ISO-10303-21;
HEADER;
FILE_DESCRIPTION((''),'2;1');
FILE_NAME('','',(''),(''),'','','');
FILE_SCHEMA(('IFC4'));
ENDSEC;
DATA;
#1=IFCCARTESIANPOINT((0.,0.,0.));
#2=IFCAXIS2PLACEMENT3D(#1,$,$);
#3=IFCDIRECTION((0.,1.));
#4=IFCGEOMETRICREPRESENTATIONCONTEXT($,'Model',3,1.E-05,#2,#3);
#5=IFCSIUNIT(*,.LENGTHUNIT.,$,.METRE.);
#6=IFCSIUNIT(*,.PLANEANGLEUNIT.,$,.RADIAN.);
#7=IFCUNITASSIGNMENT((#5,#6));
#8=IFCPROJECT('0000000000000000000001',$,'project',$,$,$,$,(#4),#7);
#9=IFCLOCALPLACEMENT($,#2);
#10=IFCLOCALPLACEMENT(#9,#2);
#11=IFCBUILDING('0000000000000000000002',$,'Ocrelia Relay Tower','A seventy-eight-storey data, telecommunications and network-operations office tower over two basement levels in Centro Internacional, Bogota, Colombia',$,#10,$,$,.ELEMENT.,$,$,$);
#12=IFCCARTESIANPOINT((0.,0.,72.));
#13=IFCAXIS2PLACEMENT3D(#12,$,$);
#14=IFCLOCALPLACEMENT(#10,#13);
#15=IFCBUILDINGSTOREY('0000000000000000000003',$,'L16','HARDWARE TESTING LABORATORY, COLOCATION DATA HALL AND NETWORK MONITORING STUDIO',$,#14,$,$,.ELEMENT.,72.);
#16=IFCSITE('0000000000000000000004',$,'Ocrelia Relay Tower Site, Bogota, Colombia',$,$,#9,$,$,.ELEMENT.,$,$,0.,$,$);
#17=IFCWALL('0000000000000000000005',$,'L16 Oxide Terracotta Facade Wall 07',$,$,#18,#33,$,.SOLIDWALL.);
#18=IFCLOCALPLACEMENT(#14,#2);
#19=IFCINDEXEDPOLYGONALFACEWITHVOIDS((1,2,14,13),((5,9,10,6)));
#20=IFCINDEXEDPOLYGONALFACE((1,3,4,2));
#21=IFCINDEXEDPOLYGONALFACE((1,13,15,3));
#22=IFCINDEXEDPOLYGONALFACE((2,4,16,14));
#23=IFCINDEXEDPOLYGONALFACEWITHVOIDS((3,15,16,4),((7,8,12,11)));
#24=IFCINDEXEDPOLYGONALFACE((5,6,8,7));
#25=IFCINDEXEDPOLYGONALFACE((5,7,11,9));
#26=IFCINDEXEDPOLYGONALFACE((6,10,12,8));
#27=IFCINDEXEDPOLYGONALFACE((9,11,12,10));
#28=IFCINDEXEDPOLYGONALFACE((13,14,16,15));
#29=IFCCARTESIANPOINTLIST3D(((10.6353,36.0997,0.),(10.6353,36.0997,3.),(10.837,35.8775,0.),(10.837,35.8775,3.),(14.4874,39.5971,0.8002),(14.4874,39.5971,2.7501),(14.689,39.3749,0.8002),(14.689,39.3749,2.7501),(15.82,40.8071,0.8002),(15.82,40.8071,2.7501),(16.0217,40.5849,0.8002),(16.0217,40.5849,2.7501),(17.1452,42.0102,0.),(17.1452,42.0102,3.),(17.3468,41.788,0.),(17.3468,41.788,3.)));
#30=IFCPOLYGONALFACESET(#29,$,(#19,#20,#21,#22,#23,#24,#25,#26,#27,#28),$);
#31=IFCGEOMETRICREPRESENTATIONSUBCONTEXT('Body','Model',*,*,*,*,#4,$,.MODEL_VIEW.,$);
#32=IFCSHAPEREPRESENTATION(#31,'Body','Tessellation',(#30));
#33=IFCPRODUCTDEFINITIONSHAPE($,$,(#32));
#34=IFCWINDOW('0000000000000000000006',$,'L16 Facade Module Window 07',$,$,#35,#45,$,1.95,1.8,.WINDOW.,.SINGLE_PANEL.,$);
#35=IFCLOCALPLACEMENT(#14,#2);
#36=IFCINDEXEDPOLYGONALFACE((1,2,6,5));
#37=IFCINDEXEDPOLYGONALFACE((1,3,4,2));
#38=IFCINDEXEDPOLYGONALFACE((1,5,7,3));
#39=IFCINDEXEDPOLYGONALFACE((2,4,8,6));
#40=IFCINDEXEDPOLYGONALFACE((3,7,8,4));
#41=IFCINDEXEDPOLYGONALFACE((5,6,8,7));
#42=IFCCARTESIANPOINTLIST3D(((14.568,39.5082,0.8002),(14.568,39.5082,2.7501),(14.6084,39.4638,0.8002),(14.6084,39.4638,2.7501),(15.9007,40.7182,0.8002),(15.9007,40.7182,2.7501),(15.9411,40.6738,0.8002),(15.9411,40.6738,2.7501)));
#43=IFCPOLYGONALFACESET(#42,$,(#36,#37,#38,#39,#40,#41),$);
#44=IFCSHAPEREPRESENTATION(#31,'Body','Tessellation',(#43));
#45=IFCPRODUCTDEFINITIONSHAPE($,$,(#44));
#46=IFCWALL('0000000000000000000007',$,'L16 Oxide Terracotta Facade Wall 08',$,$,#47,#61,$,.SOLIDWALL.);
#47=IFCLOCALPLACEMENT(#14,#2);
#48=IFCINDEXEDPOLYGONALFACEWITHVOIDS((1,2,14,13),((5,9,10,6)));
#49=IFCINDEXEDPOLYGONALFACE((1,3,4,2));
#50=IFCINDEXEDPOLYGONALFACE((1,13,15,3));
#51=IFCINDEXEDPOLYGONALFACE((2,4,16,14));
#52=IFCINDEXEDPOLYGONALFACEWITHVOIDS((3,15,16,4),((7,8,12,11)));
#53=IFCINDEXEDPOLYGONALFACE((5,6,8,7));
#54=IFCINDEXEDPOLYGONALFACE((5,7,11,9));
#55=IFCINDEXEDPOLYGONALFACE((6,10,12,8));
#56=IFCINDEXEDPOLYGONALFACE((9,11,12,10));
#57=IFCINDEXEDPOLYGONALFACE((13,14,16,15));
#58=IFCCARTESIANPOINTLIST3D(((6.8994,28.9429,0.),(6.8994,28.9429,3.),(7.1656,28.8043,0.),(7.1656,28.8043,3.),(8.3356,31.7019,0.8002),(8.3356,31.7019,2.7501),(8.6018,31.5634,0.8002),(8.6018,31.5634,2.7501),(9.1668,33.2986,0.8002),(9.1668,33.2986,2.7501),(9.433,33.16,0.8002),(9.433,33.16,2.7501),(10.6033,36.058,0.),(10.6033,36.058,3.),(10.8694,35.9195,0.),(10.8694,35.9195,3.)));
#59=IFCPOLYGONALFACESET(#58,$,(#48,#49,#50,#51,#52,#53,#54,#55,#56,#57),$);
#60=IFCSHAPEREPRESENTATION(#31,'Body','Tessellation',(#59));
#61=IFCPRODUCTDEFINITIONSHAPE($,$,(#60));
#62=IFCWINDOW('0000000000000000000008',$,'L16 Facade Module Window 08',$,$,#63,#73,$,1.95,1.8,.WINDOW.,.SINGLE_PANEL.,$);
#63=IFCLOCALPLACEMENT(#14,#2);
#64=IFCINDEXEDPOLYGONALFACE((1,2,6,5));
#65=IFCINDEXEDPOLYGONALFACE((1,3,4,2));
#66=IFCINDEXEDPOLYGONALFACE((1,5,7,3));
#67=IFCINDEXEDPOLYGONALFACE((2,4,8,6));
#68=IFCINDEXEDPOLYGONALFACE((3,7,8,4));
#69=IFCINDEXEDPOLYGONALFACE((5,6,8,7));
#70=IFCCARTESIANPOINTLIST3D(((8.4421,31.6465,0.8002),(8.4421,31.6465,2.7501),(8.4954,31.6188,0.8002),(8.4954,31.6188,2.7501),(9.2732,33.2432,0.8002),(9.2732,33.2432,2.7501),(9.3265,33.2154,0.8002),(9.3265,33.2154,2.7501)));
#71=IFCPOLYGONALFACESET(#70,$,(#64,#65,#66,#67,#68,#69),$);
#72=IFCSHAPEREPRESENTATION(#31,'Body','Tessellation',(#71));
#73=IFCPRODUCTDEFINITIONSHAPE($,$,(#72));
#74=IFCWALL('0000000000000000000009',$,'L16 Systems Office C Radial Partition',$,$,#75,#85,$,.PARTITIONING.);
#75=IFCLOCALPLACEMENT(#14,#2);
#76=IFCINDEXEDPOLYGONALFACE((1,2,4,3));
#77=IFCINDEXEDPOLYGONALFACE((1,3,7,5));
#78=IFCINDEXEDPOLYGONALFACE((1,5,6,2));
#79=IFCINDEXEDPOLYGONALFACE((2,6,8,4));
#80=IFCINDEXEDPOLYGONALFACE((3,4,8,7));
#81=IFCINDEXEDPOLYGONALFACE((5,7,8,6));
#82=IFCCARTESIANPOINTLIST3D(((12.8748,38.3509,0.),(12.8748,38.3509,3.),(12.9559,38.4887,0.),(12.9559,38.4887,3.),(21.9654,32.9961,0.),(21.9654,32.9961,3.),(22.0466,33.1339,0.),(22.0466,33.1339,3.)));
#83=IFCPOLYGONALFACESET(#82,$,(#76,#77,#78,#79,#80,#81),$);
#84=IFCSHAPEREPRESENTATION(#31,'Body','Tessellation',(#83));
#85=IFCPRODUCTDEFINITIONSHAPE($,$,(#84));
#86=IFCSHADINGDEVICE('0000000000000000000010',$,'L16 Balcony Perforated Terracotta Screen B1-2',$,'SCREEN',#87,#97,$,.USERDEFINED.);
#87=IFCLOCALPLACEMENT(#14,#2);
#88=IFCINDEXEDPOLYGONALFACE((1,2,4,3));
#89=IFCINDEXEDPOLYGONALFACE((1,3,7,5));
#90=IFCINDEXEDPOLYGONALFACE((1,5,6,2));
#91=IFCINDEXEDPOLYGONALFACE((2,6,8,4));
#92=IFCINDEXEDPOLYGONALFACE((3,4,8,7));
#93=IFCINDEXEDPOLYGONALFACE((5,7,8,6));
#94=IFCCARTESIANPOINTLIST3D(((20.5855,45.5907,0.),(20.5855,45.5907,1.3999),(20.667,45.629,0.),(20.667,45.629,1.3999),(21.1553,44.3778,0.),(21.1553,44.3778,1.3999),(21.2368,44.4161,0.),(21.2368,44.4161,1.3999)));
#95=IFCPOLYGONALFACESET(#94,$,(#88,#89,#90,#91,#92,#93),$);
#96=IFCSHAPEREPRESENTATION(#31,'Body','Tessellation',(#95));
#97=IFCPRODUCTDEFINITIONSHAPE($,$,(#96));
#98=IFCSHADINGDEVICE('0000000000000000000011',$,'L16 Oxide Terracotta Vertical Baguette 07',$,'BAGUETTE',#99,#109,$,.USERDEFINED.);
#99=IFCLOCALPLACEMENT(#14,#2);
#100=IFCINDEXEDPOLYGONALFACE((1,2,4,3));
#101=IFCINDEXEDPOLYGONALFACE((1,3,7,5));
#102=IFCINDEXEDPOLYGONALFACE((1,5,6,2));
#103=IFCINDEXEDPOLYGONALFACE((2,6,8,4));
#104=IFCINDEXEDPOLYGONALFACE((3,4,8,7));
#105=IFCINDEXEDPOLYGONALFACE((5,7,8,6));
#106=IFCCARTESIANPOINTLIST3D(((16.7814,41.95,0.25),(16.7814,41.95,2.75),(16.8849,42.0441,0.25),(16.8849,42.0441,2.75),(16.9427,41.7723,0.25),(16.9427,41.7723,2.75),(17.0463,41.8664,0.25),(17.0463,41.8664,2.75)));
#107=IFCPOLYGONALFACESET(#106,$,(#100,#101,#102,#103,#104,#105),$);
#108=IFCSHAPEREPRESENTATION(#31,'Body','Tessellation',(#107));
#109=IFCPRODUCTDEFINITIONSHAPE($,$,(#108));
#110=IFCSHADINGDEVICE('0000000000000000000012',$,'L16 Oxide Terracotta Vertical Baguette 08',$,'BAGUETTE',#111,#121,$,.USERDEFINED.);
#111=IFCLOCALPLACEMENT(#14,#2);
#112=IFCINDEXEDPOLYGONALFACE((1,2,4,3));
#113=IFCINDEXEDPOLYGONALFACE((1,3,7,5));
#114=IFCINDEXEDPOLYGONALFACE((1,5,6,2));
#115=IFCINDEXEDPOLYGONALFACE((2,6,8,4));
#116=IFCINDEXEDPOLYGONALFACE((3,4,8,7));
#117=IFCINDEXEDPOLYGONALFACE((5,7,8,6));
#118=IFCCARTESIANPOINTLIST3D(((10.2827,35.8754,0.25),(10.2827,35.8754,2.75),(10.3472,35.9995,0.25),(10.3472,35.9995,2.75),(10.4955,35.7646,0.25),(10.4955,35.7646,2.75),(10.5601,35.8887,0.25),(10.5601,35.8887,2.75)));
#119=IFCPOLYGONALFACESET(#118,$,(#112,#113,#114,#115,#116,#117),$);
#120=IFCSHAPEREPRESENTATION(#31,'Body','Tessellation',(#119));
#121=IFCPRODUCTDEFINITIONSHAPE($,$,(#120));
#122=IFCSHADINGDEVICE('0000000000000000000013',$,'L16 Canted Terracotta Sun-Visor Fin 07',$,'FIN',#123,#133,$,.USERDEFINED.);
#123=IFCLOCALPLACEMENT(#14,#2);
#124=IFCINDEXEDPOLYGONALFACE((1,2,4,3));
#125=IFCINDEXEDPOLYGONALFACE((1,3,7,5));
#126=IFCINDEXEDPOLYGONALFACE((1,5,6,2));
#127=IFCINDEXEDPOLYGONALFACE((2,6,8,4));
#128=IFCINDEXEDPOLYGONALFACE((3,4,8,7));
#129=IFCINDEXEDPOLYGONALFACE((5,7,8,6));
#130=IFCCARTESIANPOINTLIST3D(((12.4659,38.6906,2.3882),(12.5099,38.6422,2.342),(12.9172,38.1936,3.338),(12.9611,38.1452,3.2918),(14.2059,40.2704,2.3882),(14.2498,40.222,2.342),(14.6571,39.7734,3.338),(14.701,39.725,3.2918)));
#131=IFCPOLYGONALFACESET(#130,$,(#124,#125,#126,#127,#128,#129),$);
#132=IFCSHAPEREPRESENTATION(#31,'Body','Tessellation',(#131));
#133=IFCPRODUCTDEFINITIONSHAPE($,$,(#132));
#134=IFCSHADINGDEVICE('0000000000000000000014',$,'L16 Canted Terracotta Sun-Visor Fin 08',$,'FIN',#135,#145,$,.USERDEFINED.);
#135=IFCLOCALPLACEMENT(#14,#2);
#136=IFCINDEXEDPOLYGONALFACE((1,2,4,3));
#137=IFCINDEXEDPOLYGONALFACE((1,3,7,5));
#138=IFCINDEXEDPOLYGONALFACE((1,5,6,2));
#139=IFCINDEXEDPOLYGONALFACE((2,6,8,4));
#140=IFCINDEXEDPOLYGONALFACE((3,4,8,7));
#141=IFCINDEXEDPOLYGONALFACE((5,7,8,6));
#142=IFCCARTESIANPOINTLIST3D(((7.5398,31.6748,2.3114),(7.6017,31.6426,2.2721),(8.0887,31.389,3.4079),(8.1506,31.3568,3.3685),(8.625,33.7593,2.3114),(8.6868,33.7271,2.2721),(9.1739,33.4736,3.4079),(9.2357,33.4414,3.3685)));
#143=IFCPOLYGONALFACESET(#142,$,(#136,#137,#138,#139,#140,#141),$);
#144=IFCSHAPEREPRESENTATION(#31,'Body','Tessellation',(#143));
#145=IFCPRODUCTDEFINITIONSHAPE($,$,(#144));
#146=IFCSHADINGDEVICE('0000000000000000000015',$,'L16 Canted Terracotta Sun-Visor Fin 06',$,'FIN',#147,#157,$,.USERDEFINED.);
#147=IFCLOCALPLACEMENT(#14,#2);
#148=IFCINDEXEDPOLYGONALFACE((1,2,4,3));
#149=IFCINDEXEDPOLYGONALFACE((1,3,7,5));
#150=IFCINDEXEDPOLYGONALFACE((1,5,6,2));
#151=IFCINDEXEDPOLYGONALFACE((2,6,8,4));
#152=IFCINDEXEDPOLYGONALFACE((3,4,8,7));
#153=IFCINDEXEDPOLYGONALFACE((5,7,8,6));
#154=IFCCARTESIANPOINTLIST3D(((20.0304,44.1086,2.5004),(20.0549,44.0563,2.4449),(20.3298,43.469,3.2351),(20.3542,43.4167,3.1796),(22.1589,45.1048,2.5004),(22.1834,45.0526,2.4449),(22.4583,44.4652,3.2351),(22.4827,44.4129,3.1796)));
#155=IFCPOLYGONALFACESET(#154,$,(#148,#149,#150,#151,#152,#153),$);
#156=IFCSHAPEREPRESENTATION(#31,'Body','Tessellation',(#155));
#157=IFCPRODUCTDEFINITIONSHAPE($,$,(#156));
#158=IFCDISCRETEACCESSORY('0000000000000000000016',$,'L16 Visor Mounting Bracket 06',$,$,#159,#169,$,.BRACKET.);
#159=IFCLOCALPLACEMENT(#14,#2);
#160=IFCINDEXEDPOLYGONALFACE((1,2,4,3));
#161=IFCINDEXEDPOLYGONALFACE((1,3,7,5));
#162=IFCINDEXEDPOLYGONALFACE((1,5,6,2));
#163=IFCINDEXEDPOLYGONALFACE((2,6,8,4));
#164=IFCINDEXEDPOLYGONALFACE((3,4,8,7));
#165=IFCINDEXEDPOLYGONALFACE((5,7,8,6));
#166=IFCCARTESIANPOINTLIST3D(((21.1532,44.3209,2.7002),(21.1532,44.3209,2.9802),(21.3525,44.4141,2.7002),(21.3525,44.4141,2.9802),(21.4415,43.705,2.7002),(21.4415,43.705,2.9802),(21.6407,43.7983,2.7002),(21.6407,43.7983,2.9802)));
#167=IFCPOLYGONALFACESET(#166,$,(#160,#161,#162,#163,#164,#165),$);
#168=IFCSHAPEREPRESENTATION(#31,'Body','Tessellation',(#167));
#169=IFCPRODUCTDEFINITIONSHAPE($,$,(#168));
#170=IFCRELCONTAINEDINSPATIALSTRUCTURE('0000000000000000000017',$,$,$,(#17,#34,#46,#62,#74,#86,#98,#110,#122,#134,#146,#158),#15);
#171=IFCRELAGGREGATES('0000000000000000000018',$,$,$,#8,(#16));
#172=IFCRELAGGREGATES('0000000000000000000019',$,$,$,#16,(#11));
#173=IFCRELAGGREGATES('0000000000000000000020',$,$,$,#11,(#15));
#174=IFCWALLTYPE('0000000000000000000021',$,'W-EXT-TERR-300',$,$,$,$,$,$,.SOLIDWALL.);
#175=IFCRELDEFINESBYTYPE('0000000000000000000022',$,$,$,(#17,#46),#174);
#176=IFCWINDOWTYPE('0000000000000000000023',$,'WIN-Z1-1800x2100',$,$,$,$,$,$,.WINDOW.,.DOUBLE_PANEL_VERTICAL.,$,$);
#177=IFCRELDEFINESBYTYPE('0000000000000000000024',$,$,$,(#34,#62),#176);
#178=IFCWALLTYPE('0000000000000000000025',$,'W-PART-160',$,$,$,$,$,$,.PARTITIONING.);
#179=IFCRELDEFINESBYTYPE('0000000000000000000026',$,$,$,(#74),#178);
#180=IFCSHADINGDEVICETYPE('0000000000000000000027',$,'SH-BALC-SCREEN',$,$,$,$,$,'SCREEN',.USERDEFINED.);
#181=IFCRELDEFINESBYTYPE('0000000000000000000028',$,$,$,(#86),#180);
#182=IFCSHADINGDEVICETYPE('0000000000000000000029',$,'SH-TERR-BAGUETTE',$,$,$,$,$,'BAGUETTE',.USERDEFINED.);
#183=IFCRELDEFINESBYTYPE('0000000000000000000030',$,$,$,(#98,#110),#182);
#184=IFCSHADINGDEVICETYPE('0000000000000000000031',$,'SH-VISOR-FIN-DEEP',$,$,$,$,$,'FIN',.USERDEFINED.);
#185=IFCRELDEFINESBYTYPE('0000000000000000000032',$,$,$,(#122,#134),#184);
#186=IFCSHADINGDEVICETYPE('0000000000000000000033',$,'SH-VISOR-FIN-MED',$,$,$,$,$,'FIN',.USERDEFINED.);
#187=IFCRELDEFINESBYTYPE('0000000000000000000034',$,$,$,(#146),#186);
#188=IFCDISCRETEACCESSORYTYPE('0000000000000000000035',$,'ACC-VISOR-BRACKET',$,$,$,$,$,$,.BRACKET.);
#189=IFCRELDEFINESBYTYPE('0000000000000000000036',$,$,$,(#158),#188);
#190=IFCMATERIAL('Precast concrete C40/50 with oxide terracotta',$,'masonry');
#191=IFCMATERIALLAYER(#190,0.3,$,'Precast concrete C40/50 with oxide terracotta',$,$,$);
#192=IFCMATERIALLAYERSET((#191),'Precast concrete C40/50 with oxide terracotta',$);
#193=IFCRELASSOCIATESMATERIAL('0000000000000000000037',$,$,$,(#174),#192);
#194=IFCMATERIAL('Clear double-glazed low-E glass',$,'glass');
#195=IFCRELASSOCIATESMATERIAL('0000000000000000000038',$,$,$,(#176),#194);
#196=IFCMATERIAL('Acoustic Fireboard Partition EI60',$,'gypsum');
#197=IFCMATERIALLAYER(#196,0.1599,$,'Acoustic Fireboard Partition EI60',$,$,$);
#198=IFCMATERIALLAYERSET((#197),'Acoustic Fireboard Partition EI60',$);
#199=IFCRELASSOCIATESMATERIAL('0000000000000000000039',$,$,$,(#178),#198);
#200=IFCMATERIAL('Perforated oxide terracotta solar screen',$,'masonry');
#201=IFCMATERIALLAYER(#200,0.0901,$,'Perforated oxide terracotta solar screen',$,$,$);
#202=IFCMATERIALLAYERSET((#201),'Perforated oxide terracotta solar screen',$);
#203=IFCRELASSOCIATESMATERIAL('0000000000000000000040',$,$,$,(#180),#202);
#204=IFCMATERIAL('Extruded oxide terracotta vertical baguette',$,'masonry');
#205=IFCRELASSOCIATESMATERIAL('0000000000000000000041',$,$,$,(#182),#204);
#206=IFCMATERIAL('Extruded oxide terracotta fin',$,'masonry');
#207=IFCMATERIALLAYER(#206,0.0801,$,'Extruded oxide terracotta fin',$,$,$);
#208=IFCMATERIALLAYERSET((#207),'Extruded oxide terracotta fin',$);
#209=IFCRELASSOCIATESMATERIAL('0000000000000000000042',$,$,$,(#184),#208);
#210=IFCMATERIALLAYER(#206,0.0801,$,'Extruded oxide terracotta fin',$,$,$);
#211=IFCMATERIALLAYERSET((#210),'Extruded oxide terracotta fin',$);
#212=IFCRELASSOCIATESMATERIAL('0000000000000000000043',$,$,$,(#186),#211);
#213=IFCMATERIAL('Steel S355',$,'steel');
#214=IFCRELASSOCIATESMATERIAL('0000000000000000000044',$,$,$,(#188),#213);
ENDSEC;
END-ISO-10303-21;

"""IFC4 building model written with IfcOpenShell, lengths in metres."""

from ifc_helpers import new_model, si_unit, direction, frame, frame_2d, origin, origin_2d, place, context, subcontext, project, spatial, rectangle, extrude, material, layer, layer_set, type_object, element, fill, save


model = new_model("IFC4")

# Units and contexts
model_context = context("Model", 3, precision=1e-05, world=origin(), true_north=direction((0.0, 1.0)))
body_context = subcontext(model_context, "Body", "Model", "MODEL_VIEW")
ifc_project = project(units=[si_unit("LENGTHUNIT", "METRE"), si_unit("PLANEANGLEUNIT", "RADIAN")], contexts=[model_context])

# Site, building, storey
site_placement = place(None, origin())
site = spatial("IfcSite", under=ifc_project, at=site_placement, Name="Ocrelia Relay Tower Site, Bogota, Colombia", CompositionType="ELEMENT", RefElevation=0.0)
building_placement = place(site_placement, origin())
building = spatial("IfcBuilding", under=site, at=building_placement, Name="Ocrelia Relay Tower", Description="A seventy-eight-storey data, telecommunications and network-operations office tower over two basement levels in Centro Internacional, Bogota, Colombia", CompositionType="ELEMENT")
storey_placement = place(building_placement, frame((0.0, 0.0, 72.0)))
storey = spatial("IfcBuildingStorey", under=building, at=storey_placement, Name="L16", Description="HARDWARE TESTING LABORATORY, COLOCATION DATA HALL AND NETWORK MONITORING STUDIO", CompositionType="ELEMENT", Elevation=72.0)

# Shared definitions
ifc_material_1 = material(Name="Steel S355", Category="steel")

# Walls, openings, windows
ifc_material_2 = material(Name="Precast concrete C40/50 with oxide terracotta", Category="masonry")
ifc_layer_1 = layer(ifc_material_2, 0.3, Name="Precast concrete C40/50 with oxide terracotta")
ifc_layer_set_1 = layer_set([ifc_layer_1], Name="Precast concrete C40/50 with oxide terracotta")
wall_type_1 = type_object("IfcWallType", Name="W-EXT-TERR-300", PredefinedType="SOLIDWALL", material=ifc_layer_set_1)
wall_1_placement = place(storey_placement, frame((17.2461, 41.8992, 0.0), z_axis=(0.0, 0.0, 1.0), x_axis=(-0.740368, -0.672201, 0.0)))
wall_1 = element("IfcWall", 1, at=wall_1_placement, inside=storey, type_object=wall_type_1, Name="L16 Oxide Terracotta Facade Wall 07", PredefinedType="SOLIDWALL", context=body_context, shape_type="SweptSolid", body=[
    extrude(rectangle(XDim=8.7927, YDim=0.3, at=frame_2d((4.3965, 0.0))), origin(), (0.0, 0.0, 1.0), 3.0),
])
opening_1_placement = place(wall_1_placement, frame((1.79, 0.0, 0.8)))
opening_1 = element("IfcOpeningElement", 2, at=opening_1_placement, cuts=wall_1, PredefinedType="OPENING", context=body_context, shape_type="SweptSolid", body=[
    extrude(rectangle(XDim=1.8, YDim=1.95, at=frame_2d((0.8999, 0.9751))), frame((0.0, 0.1602, 0.0), z_axis=(0.0, -1.0, 0.0), x_axis=(1.0, 0.0, 0.0)), (0.0, 0.0, 1.0), 0.3201),
])
ifc_material_3 = material(Name="Clear double-glazed low-E glass", Category="glass")
window_type = type_object("IfcWindowType", Name="WIN-Z1-1800x2100", PartitioningType="DOUBLE_PANEL_VERTICAL", PredefinedType="WINDOW", material=ifc_material_3)
window_1_placement = place(opening_1_placement, origin())
window_1 = element("IfcWindow", 3, at=window_1_placement, inside=storey, type_object=window_type, Name="L16 Facade Module Window 07", OverallHeight=1.95, OverallWidth=1.8, PartitioningType="SINGLE_PANEL", PredefinedType="WINDOW", context=body_context, shape_type="SweptSolid", body=[
    extrude(rectangle(XDim=1.8, YDim=1.95, at=frame_2d((0.8999, 0.9751))), frame((0.0, 0.03, 0.0), z_axis=(0.0, -1.0, 0.0), x_axis=(1.0, 0.0, 0.0)), (0.0, 0.0, 1.0), 0.0601),
])
fill(opening_1, window_1)
wall_2_placement = place(storey_placement, frame((10.7363, 35.9888, 0.0), z_axis=(0.0, 0.0, 1.0), x_axis=(-0.461739, -0.887016, 0.0)))
wall_2 = element("IfcWall", 4, at=wall_2_placement, inside=storey, type_object=wall_type_1, Name="L16 Oxide Terracotta Facade Wall 08", PredefinedType="SOLIDWALL", context=body_context, shape_type="SweptSolid", body=[
    extrude(rectangle(XDim=8.0215, YDim=0.3, at=frame_2d((4.0107, 0.0))), origin(), (0.0, 0.0, 1.0), 3.0),
])
opening_2_placement = place(wall_2_placement, frame((3.1111, 0.0, 0.8)))
opening_2 = element("IfcOpeningElement", 5, at=opening_2_placement, cuts=wall_2, PredefinedType="OPENING", context=body_context, shape_type="SweptSolid", body=[
    extrude(rectangle(XDim=1.8, YDim=1.95, at=frame_2d((0.8999, 0.9751))), frame((0.0, 0.1602, 0.0), z_axis=(0.0, -1.0, 0.0), x_axis=(1.0, 0.0, 0.0)), (0.0, 0.0, 1.0), 0.3201),
])
window_2_placement = place(opening_2_placement, origin())
window_2 = element("IfcWindow", 6, at=window_2_placement, inside=storey, type_object=window_type, Name="L16 Facade Module Window 08", OverallHeight=1.95, OverallWidth=1.8, PartitioningType="SINGLE_PANEL", PredefinedType="WINDOW", context=body_context, shape_type="SweptSolid", body=[
    extrude(rectangle(XDim=1.8, YDim=1.95, at=frame_2d((0.8999, 0.9751))), frame((0.0, 0.03, 0.0), z_axis=(0.0, -1.0, 0.0), x_axis=(1.0, 0.0, 0.0)), (0.0, 0.0, 1.0), 0.0601),
])
fill(opening_2, window_2)

# Wall
ifc_material_4 = material(Name="Acoustic Fireboard Partition EI60", Category="gypsum")
ifc_layer_2 = layer(ifc_material_4, 0.1599, Name="Acoustic Fireboard Partition EI60")
ifc_layer_set_2 = layer_set([ifc_layer_2], Name="Acoustic Fireboard Partition EI60")
wall_type_2 = type_object("IfcWallType", Name="W-PART-160", PredefinedType="PARTITIONING", material=ifc_layer_set_2)
wall_3_placement = place(storey_placement, frame((22.0061, 33.0649, 0.0), z_axis=(0.0, 0.0, 1.0), x_axis=(-0.86163, 0.507537, 0.0)))
element("IfcWall", 7, at=wall_3_placement, inside=storey, type_object=wall_type_2, Name="L16 Systems Office C Radial Partition", PredefinedType="PARTITIONING", context=body_context, shape_type="SweptSolid", body=[
    extrude(rectangle(XDim=10.5505, YDim=0.1599, at=frame_2d((5.2754, 0.0))), origin(), (0.0, 0.0, 1.0), 3.0),
])

# Shading devices
ifc_material_5 = material(Name="Perforated oxide terracotta solar screen", Category="masonry")
ifc_layer_3 = layer(ifc_material_5, 0.0901, Name="Perforated oxide terracotta solar screen")
ifc_layer_set_3 = layer_set([ifc_layer_3], Name="Perforated oxide terracotta solar screen")
shading_device_type_1 = type_object("IfcShadingDeviceType", Name="SH-BALC-SCREEN", ElementType="SCREEN", PredefinedType="USERDEFINED", material=ifc_layer_set_3)
shading_device_1_placement = place(storey_placement, frame((20.9111, 45.0034, 0.0), z_axis=(0.0, 0.0, 1.0), x_axis=(-0.425206, 0.905097, 0.0)))
element("IfcShadingDevice", 8, at=shading_device_1_placement, inside=storey, type_object=shading_device_type_1, Name="L16 Balcony Perforated Terracotta Screen B1-2", ObjectType="SCREEN", PredefinedType="USERDEFINED", context=body_context, shape_type="SweptSolid", body=[
    extrude(rectangle(XDim=1.3401, YDim=0.0901, at=origin_2d()), origin(), (0.0, 0.0, 1.0), 1.3999),
])
ifc_material_6 = material(Name="Extruded oxide terracotta vertical baguette", Category="masonry")
shading_device_type_2 = type_object("IfcShadingDeviceType", Name="SH-TERR-BAGUETTE", ElementType="BAGUETTE", PredefinedType="USERDEFINED", material=ifc_material_6)
for number, where, z_axis, x_axis, name in (
    (9, (16.9138, 41.9082, 0.25), (0.0, 0.0, 1.0), (-0.740364, -0.672206, 0.0), "L16 Oxide Terracotta Vertical Baguette 07"),
    (10, (10.4214, 35.8821, 0.25), (0.0, 0.0, 1.0), (-0.461745, -0.887013, 0.0), "L16 Oxide Terracotta Vertical Baguette 08"),
):
    element("IfcShadingDevice", number, at=place(storey_placement, frame(where, z_axis=z_axis, x_axis=x_axis)), inside=storey, type_object=shading_device_type_2, Name=name, ObjectType="BAGUETTE", PredefinedType="USERDEFINED", context=body_context, shape_type="SweptSolid", body=[
        extrude(rectangle(XDim=0.1399, YDim=0.24, at=origin_2d()), origin(), (0.0, 0.0, 1.0), 2.5),
    ])
ifc_material_7 = material(Name="Extruded oxide terracotta fin", Category="masonry")
ifc_layer_4 = layer(ifc_material_7, 0.0801, Name="Extruded oxide terracotta fin")
ifc_layer_set_4 = layer_set([ifc_layer_4], Name="Extruded oxide terracotta fin")
shading_device_type_3 = type_object("IfcShadingDeviceType", Name="SH-VISOR-FIN-DEEP", ElementType="FIN", PredefinedType="USERDEFINED", material=ifc_layer_set_4)
shading_device_2_placement = place(storey_placement, frame((13.6055, 39.1836, 2.8169), z_axis=(-0.548951, 0.604612, 0.577145), x_axis=(-0.740364, -0.672206, 0.0)))
element("IfcShadingDevice", 11, at=shading_device_2_placement, inside=storey, type_object=shading_device_type_3, Name="L16 Canted Terracotta Sun-Visor Fin 07", ObjectType="FIN", PredefinedType="USERDEFINED", context=body_context, shape_type="SweptSolid", body=[
    extrude(rectangle(XDim=2.3501, YDim=1.1631, at=origin_2d()), origin(), (0.0, 0.0, 1.0), 0.0801),
])
shading_device_3_placement = place(storey_placement, frame((8.4187, 32.542, 2.8203), z_axis=(-0.772474, 0.40212, 0.491512), x_axis=(-0.461745, -0.887013, 0.0)))
element("IfcShadingDevice", 12, at=shading_device_3_placement, inside=storey, type_object=shading_device_type_3, Name="L16 Canted Terracotta Sun-Visor Fin 08", ObjectType="FIN", PredefinedType="USERDEFINED", context=body_context, shape_type="SweptSolid", body=[
    extrude(rectangle(XDim=2.3501, YDim=1.259, at=origin_2d()), origin(), (0.0, 0.0, 1.0), 0.0801),
])
ifc_layer_5 = layer(ifc_material_7, 0.0801, Name="Extruded oxide terracotta fin")
ifc_layer_set_5 = layer_set([ifc_layer_5], Name="Extruded oxide terracotta fin")
shading_device_type_4 = type_object("IfcShadingDeviceType", Name="SH-VISOR-FIN-MED", ElementType="FIN", PredefinedType="USERDEFINED", material=ifc_layer_set_5)
shading_device_4_placement = place(storey_placement, frame((21.2688, 44.2346, 2.8123), z_axis=(-0.305609, 0.652932, 0.693024), x_axis=(-0.9057, -0.423919, 0.0)))
element("IfcShadingDevice", 13, at=shading_device_4_placement, inside=storey, type_object=shading_device_type_4, Name="L16 Canted Terracotta Sun-Visor Fin 06", ObjectType="FIN", PredefinedType="USERDEFINED", context=body_context, shape_type="SweptSolid", body=[
    extrude(rectangle(XDim=2.3501, YDim=1.019, at=origin_2d()), origin(), (0.0, 0.0, 1.0), 0.0801),
])

# Discrete accessory
discrete_accessory_type = type_object("IfcDiscreteAccessoryType", Name="ACC-VISOR-BRACKET", PredefinedType="BRACKET", material=ifc_material_1)
for number, where, z_axis, x_axis, name in (
    (14, (21.397, 44.0596, 2.7002), (0.0, 0.0, 1.0), (-0.9057, -0.423919, 0.0), "L16 Visor Mounting Bracket 06"),
):
    element("IfcDiscreteAccessory", number, at=place(storey_placement, frame(where, z_axis=z_axis, x_axis=x_axis)), inside=storey, type_object=discrete_accessory_type, Name=name, PredefinedType="BRACKET", context=body_context, shape_type="SweptSolid", body=[
        extrude(rectangle(XDim=0.22, YDim=0.6799, at=origin_2d()), origin(), (0.0, 0.0, 1.0), 0.28),
    ])

save(model, "model.ifc")
